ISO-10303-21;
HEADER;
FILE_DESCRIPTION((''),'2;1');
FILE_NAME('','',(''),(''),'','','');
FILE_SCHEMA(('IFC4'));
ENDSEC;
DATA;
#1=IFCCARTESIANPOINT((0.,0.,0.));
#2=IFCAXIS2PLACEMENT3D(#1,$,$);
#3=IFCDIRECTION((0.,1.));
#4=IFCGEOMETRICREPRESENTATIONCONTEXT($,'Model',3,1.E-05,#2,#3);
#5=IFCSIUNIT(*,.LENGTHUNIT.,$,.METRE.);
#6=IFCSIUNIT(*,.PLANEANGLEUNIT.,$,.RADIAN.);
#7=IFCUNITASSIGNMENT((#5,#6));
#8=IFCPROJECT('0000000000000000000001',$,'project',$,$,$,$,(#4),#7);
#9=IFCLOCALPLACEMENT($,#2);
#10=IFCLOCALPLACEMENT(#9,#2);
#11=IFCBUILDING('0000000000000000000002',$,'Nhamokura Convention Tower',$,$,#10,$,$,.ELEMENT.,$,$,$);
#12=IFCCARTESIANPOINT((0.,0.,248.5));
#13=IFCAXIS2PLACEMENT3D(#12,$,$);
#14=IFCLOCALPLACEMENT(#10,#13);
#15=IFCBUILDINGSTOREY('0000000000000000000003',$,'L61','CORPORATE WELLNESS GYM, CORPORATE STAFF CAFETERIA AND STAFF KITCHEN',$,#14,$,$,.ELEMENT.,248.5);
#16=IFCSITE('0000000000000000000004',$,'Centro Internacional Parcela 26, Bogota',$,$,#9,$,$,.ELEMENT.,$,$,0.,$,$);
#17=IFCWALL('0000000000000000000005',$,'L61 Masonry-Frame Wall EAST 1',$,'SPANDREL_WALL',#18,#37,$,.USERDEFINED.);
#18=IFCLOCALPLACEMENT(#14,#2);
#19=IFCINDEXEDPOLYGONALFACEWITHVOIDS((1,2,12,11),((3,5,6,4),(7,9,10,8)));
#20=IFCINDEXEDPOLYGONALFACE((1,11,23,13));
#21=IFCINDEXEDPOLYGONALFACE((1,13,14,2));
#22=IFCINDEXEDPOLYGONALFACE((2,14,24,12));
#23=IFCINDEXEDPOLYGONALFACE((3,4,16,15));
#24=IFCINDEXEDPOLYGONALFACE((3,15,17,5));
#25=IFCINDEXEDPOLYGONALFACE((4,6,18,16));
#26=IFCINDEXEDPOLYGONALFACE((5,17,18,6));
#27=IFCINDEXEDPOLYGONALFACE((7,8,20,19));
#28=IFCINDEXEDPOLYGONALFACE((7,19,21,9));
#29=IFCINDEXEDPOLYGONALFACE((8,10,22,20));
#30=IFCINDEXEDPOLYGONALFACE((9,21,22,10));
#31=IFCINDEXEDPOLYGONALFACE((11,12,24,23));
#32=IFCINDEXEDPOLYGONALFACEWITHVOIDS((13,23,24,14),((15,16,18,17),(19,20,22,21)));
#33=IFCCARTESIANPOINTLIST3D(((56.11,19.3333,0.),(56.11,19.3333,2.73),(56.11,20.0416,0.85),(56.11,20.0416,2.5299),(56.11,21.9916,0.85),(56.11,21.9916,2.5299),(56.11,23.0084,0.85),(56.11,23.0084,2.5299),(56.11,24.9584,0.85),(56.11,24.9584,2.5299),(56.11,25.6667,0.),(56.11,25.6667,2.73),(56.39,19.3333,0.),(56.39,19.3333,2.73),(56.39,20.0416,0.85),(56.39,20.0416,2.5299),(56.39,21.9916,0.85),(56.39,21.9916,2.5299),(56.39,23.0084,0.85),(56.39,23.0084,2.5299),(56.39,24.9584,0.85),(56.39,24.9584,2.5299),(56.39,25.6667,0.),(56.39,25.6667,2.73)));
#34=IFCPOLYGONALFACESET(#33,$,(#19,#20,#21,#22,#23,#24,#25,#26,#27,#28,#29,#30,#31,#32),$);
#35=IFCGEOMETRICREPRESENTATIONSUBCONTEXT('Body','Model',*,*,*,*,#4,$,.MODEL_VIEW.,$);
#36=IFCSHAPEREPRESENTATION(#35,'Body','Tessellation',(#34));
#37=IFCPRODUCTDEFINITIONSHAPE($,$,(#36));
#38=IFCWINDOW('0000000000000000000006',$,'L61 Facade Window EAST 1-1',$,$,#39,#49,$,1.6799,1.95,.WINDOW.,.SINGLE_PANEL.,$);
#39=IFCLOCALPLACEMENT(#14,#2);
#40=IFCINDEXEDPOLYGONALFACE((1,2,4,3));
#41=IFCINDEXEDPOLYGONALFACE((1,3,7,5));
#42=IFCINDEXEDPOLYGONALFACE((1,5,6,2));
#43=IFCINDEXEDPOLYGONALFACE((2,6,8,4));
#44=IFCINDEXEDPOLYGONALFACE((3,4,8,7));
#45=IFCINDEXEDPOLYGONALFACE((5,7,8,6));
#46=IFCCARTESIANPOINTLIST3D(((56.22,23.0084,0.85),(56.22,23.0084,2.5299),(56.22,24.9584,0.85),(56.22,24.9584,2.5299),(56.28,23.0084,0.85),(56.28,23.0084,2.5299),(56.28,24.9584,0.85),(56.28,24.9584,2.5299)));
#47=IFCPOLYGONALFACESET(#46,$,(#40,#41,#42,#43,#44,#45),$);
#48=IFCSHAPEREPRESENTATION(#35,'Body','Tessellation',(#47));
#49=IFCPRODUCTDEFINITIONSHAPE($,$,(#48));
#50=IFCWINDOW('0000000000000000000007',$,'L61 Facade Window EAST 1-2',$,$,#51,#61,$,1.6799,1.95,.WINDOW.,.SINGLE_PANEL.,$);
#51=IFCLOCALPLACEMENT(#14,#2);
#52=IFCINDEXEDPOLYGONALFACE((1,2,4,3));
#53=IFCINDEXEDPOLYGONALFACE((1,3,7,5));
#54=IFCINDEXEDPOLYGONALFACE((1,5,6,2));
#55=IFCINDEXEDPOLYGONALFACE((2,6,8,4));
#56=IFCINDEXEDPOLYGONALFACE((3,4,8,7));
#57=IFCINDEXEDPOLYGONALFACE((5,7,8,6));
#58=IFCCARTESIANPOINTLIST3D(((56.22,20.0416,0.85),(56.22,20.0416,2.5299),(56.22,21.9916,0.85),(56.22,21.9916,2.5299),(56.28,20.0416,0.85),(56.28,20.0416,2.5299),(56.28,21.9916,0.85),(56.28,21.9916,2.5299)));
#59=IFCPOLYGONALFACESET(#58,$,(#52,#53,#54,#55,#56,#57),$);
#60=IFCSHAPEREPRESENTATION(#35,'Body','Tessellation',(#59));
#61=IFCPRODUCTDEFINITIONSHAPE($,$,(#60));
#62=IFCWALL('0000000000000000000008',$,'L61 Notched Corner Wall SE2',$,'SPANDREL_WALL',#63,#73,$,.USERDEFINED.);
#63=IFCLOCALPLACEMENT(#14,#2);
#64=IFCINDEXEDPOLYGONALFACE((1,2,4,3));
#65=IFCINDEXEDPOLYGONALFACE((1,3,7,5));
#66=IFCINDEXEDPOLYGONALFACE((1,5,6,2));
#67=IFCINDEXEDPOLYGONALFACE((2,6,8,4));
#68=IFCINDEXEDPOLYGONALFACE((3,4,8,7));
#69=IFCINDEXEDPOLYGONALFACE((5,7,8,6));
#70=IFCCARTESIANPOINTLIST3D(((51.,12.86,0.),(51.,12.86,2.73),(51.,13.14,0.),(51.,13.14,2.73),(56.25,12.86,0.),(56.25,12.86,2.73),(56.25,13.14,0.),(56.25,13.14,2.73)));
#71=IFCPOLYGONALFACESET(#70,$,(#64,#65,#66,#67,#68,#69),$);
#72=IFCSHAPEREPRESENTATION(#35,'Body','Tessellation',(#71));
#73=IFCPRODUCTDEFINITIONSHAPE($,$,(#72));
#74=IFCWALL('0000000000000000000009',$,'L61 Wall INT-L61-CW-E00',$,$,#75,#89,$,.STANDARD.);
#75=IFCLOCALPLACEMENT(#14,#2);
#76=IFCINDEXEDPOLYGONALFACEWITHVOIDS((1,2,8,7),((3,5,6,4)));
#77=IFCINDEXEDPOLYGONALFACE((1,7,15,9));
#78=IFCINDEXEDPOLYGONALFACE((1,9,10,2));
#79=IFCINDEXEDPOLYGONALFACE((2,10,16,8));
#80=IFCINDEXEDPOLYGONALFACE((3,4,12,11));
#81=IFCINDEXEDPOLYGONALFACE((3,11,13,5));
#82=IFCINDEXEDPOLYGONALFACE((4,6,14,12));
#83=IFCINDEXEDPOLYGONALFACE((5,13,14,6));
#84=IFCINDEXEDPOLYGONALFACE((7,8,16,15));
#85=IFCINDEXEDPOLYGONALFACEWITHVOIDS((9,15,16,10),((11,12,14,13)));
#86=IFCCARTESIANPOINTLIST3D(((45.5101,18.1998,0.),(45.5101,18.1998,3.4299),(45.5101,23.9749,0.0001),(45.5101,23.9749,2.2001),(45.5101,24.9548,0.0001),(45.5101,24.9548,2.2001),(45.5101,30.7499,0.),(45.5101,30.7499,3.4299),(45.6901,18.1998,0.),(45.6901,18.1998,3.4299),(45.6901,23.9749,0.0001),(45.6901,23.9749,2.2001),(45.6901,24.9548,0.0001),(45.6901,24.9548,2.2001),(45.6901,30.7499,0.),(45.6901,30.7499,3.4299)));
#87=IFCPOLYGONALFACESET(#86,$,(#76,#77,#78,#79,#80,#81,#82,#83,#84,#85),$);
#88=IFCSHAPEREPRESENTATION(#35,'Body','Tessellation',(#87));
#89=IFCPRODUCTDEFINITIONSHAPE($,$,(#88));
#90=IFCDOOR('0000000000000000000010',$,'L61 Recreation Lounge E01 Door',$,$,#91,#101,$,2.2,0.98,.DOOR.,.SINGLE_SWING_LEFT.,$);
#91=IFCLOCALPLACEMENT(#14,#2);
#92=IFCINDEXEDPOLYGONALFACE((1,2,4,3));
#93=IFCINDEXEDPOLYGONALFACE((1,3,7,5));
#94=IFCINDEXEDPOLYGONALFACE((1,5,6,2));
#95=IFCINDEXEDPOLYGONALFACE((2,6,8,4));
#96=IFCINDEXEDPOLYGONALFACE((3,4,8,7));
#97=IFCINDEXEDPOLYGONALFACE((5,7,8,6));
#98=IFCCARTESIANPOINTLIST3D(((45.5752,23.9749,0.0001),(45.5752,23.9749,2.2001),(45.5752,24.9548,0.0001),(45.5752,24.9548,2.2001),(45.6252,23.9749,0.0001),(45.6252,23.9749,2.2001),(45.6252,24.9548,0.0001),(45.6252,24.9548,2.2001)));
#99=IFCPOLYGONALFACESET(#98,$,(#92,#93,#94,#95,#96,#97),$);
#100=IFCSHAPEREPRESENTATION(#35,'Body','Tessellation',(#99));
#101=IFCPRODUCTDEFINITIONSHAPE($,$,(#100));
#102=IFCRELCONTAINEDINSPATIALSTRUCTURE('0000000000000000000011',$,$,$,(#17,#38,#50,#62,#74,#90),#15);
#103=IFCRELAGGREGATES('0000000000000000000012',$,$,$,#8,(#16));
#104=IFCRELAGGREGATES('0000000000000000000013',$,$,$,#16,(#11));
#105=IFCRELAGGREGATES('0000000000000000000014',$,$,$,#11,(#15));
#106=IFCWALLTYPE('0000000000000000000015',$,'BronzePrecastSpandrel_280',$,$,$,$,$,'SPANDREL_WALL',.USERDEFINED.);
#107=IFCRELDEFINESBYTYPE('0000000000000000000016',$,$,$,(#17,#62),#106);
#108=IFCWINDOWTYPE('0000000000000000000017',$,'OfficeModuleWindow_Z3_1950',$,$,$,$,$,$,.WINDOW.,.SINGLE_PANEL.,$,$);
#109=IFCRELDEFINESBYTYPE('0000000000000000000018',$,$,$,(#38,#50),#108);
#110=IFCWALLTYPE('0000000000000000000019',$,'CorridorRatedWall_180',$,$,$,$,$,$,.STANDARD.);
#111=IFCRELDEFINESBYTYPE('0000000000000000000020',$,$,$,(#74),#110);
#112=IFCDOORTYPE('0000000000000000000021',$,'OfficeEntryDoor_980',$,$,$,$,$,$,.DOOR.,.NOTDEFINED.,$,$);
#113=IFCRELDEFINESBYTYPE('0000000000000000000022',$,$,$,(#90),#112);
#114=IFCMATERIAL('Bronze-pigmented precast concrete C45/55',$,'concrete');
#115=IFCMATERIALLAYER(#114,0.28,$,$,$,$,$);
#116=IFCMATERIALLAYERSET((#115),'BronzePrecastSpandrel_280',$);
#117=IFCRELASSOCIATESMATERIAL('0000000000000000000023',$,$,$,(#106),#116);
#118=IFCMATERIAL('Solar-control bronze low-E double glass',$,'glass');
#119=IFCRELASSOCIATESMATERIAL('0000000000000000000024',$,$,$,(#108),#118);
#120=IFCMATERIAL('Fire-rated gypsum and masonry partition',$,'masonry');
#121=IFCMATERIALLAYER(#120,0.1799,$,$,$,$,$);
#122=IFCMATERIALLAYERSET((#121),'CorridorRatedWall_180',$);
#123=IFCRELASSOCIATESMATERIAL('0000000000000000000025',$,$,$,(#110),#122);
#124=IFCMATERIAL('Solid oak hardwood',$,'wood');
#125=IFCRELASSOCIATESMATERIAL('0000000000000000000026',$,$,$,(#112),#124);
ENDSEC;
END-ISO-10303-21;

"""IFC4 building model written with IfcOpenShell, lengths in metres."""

from ifc_helpers import new_model, si_unit, direction, frame, frame_2d, origin, place, context, subcontext, project, spatial, rectangle, extrude, material, layer, layer_set, type_object, element, fill, save


model = new_model("IFC4")

# Units and contexts
model_context = context("Model", 3, precision=1e-05, world=origin(), true_north=direction((0.0, 1.0)))
body_context = subcontext(model_context, "Body", "Model", "MODEL_VIEW")
ifc_project = project(units=[si_unit("LENGTHUNIT", "METRE"), si_unit("PLANEANGLEUNIT", "RADIAN")], contexts=[model_context])

# Site, building, storey
site_placement = place(None, origin())
site = spatial("IfcSite", under=ifc_project, at=site_placement, Name="Centro Internacional Parcela 26, Bogota", CompositionType="ELEMENT", RefElevation=0.0)
building_placement = place(site_placement, origin())
building = spatial("IfcBuilding", under=site, at=building_placement, Name="Nhamokura Convention Tower", CompositionType="ELEMENT")
storey_placement = place(building_placement, frame((0.0, 0.0, 248.5)))
storey = spatial("IfcBuildingStorey", under=building, at=storey_placement, Name="L61", Description="CORPORATE WELLNESS GYM, CORPORATE STAFF CAFETERIA AND STAFF KITCHEN", CompositionType="ELEMENT", Elevation=248.5)

# Shared definitions
ifc_material_1 = material(Name="Bronze-pigmented precast concrete C45/55", Category="concrete")
ifc_layer_1 = layer(ifc_material_1, 0.28)
ifc_layer_set_1 = layer_set([ifc_layer_1], Name="BronzePrecastSpandrel_280")
wall_type_1 = type_object("IfcWallType", Name="BronzePrecastSpandrel_280", ElementType="SPANDREL_WALL", PredefinedType="USERDEFINED", material=ifc_layer_set_1)

# Wall, openings, windows
wall_1_placement = place(storey_placement, frame((56.25, 25.6667, 0.0), z_axis=(0.0, 0.0, 1.0), x_axis=(0.0, -1.0, 0.0)))
wall_1 = element("IfcWall", 1, at=wall_1_placement, inside=storey, type_object=wall_type_1, Name="L61 Masonry-Frame Wall EAST 1", ObjectType="SPANDREL_WALL", PredefinedType="USERDEFINED", context=body_context, shape_type="SweptSolid", body=[
    extrude(rectangle(XDim=6.3335, YDim=0.28, at=frame_2d((3.1667, 0.0))), origin(), (0.0, 0.0, 1.0), 2.73),
])
opening_1_placement = place(wall_1_placement, frame((0.7083, 0.0, 0.8501)))
opening_1 = element("IfcOpeningElement", 2, at=opening_1_placement, cuts=wall_1, PredefinedType="OPENING", context=body_context, shape_type="SweptSolid", body=[
    extrude(rectangle(XDim=1.95, YDim=1.6799, at=frame_2d((0.9751, 0.8398))), frame((0.0, 0.1499, 0.0), z_axis=(0.0, -1.0, 0.0), x_axis=(1.0, 0.0, 0.0)), (0.0, 0.0, 1.0), 0.3),
])
opening_2_placement = place(wall_1_placement, frame((3.675, 0.0, 0.8501)))
opening_2 = element("IfcOpeningElement", 3, at=opening_2_placement, cuts=wall_1, PredefinedType="OPENING", context=body_context, shape_type="SweptSolid", body=[
    extrude(rectangle(XDim=1.95, YDim=1.6799, at=frame_2d((0.9751, 0.8398))), frame((0.0, 0.1499, 0.0), z_axis=(0.0, -1.0, 0.0), x_axis=(1.0, 0.0, 0.0)), (0.0, 0.0, 1.0), 0.3),
])
ifc_material_2 = material(Name="Solar-control bronze low-E double glass", Category="glass")
window_type = type_object("IfcWindowType", Name="OfficeModuleWindow_Z3_1950", PartitioningType="SINGLE_PANEL", PredefinedType="WINDOW", material=ifc_material_2)
window_1_placement = place(opening_1_placement, origin())
window_1 = element("IfcWindow", 4, at=window_1_placement, inside=storey, type_object=window_type, Name="L61 Facade Window EAST 1-1", OverallHeight=1.6799, OverallWidth=1.95, PartitioningType="SINGLE_PANEL", PredefinedType="WINDOW", context=body_context, shape_type="SweptSolid", body=[
    extrude(rectangle(XDim=1.95, YDim=1.6799, at=frame_2d((0.9751, 0.8398))), frame((0.0, 0.03, 0.0), z_axis=(0.0, -1.0, 0.0), x_axis=(1.0, 0.0, 0.0)), (0.0, 0.0, 1.0), 0.0601),
])
fill(opening_1, window_1)
window_2_placement = place(opening_2_placement, origin())
window_2 = element("IfcWindow", 5, at=window_2_placement, inside=storey, type_object=window_type, Name="L61 Facade Window EAST 1-2", OverallHeight=1.6799, OverallWidth=1.95, PartitioningType="SINGLE_PANEL", PredefinedType="WINDOW", context=body_context, shape_type="SweptSolid", body=[
    extrude(rectangle(XDim=1.95, YDim=1.6799, at=frame_2d((0.9751, 0.8398))), frame((0.0, 0.03, 0.0), z_axis=(0.0, -1.0, 0.0), x_axis=(1.0, 0.0, 0.0)), (0.0, 0.0, 1.0), 0.0601),
])
fill(opening_2, window_2)

# Wall
wall_2_placement = place(storey_placement, frame((56.25, 13.0, 0.0), z_axis=(0.0, 0.0, 1.0), x_axis=(-1.0, 0.0, 0.0)))
element("IfcWall", 6, at=wall_2_placement, inside=storey, type_object=wall_type_1, Name="L61 Notched Corner Wall SE2", ObjectType="SPANDREL_WALL", PredefinedType="USERDEFINED", context=body_context, shape_type="SweptSolid", body=[
    extrude(rectangle(XDim=5.25, YDim=0.28, at=frame_2d((2.625, 0.0))), origin(), (0.0, 0.0, 1.0), 2.73),
])

# Wall, opening, door
ifc_material_3 = material(Name="Fire-rated gypsum and masonry partition", Category="masonry")
ifc_layer_2 = layer(ifc_material_3, 0.1799)
ifc_layer_set_2 = layer_set([ifc_layer_2], Name="CorridorRatedWall_180")
wall_type_2 = type_object("IfcWallType", Name="CorridorRatedWall_180", PredefinedType="STANDARD", material=ifc_layer_set_2)
wall_3_placement = place(storey_placement, frame((45.6001, 18.2, 0.0), z_axis=(0.0, 0.0, 1.0), x_axis=(0.0, 1.0, 0.0)))
wall_3 = element("IfcWall", 7, at=wall_3_placement, inside=storey, type_object=wall_type_2, Name="L61 Wall INT-L61-CW-E00", PredefinedType="STANDARD", context=body_context, shape_type="SweptSolid", body=[
    extrude(rectangle(XDim=12.55, YDim=0.1799, at=frame_2d((6.2749, 0.0))), origin(), (0.0, 0.0, 1.0), 3.4299),
])
opening_3_placement = place(wall_3_placement, frame((5.7749, 0.0, 0.0)))
opening_3 = element("IfcOpeningElement", 8, at=opening_3_placement, cuts=wall_3, PredefinedType="OPENING", context=body_context, shape_type="SweptSolid", body=[
    extrude(rectangle(XDim=0.98, YDim=2.2, at=frame_2d((0.49, 1.1001))), frame((0.0, 0.0999, 0.0), z_axis=(0.0, -1.0, 0.0), x_axis=(1.0, 0.0, 0.0)), (0.0, 0.0, 1.0), 0.2),
])
ifc_material_4 = material(Name="Solid oak hardwood", Category="wood")
door_type_1 = type_object("IfcDoorType", Name="OfficeEntryDoor_980", OperationType="NOTDEFINED", PredefinedType="DOOR", material=ifc_material_4)
door_1_placement = place(opening_3_placement, origin())
door_1 = element("IfcDoor", 9, at=door_1_placement, inside=storey, type_object=door_type_1, Name="L61 Recreation Lounge E01 Door", OperationType="SINGLE_SWING_LEFT", OverallHeight=2.2, OverallWidth=0.98, PredefinedType="DOOR", context=body_context, shape_type="SweptSolid", body=[
    extrude(rectangle(XDim=0.98, YDim=2.2, at=frame_2d((0.49, 1.1001))), frame((0.0, 0.0249, 0.0), z_axis=(0.0, -1.0, 0.0), x_axis=(1.0, 0.0, 0.0)), (0.0, 0.0, 1.0), 0.05),
])
fill(opening_3, door_1)

save(model, "model.ifc")
